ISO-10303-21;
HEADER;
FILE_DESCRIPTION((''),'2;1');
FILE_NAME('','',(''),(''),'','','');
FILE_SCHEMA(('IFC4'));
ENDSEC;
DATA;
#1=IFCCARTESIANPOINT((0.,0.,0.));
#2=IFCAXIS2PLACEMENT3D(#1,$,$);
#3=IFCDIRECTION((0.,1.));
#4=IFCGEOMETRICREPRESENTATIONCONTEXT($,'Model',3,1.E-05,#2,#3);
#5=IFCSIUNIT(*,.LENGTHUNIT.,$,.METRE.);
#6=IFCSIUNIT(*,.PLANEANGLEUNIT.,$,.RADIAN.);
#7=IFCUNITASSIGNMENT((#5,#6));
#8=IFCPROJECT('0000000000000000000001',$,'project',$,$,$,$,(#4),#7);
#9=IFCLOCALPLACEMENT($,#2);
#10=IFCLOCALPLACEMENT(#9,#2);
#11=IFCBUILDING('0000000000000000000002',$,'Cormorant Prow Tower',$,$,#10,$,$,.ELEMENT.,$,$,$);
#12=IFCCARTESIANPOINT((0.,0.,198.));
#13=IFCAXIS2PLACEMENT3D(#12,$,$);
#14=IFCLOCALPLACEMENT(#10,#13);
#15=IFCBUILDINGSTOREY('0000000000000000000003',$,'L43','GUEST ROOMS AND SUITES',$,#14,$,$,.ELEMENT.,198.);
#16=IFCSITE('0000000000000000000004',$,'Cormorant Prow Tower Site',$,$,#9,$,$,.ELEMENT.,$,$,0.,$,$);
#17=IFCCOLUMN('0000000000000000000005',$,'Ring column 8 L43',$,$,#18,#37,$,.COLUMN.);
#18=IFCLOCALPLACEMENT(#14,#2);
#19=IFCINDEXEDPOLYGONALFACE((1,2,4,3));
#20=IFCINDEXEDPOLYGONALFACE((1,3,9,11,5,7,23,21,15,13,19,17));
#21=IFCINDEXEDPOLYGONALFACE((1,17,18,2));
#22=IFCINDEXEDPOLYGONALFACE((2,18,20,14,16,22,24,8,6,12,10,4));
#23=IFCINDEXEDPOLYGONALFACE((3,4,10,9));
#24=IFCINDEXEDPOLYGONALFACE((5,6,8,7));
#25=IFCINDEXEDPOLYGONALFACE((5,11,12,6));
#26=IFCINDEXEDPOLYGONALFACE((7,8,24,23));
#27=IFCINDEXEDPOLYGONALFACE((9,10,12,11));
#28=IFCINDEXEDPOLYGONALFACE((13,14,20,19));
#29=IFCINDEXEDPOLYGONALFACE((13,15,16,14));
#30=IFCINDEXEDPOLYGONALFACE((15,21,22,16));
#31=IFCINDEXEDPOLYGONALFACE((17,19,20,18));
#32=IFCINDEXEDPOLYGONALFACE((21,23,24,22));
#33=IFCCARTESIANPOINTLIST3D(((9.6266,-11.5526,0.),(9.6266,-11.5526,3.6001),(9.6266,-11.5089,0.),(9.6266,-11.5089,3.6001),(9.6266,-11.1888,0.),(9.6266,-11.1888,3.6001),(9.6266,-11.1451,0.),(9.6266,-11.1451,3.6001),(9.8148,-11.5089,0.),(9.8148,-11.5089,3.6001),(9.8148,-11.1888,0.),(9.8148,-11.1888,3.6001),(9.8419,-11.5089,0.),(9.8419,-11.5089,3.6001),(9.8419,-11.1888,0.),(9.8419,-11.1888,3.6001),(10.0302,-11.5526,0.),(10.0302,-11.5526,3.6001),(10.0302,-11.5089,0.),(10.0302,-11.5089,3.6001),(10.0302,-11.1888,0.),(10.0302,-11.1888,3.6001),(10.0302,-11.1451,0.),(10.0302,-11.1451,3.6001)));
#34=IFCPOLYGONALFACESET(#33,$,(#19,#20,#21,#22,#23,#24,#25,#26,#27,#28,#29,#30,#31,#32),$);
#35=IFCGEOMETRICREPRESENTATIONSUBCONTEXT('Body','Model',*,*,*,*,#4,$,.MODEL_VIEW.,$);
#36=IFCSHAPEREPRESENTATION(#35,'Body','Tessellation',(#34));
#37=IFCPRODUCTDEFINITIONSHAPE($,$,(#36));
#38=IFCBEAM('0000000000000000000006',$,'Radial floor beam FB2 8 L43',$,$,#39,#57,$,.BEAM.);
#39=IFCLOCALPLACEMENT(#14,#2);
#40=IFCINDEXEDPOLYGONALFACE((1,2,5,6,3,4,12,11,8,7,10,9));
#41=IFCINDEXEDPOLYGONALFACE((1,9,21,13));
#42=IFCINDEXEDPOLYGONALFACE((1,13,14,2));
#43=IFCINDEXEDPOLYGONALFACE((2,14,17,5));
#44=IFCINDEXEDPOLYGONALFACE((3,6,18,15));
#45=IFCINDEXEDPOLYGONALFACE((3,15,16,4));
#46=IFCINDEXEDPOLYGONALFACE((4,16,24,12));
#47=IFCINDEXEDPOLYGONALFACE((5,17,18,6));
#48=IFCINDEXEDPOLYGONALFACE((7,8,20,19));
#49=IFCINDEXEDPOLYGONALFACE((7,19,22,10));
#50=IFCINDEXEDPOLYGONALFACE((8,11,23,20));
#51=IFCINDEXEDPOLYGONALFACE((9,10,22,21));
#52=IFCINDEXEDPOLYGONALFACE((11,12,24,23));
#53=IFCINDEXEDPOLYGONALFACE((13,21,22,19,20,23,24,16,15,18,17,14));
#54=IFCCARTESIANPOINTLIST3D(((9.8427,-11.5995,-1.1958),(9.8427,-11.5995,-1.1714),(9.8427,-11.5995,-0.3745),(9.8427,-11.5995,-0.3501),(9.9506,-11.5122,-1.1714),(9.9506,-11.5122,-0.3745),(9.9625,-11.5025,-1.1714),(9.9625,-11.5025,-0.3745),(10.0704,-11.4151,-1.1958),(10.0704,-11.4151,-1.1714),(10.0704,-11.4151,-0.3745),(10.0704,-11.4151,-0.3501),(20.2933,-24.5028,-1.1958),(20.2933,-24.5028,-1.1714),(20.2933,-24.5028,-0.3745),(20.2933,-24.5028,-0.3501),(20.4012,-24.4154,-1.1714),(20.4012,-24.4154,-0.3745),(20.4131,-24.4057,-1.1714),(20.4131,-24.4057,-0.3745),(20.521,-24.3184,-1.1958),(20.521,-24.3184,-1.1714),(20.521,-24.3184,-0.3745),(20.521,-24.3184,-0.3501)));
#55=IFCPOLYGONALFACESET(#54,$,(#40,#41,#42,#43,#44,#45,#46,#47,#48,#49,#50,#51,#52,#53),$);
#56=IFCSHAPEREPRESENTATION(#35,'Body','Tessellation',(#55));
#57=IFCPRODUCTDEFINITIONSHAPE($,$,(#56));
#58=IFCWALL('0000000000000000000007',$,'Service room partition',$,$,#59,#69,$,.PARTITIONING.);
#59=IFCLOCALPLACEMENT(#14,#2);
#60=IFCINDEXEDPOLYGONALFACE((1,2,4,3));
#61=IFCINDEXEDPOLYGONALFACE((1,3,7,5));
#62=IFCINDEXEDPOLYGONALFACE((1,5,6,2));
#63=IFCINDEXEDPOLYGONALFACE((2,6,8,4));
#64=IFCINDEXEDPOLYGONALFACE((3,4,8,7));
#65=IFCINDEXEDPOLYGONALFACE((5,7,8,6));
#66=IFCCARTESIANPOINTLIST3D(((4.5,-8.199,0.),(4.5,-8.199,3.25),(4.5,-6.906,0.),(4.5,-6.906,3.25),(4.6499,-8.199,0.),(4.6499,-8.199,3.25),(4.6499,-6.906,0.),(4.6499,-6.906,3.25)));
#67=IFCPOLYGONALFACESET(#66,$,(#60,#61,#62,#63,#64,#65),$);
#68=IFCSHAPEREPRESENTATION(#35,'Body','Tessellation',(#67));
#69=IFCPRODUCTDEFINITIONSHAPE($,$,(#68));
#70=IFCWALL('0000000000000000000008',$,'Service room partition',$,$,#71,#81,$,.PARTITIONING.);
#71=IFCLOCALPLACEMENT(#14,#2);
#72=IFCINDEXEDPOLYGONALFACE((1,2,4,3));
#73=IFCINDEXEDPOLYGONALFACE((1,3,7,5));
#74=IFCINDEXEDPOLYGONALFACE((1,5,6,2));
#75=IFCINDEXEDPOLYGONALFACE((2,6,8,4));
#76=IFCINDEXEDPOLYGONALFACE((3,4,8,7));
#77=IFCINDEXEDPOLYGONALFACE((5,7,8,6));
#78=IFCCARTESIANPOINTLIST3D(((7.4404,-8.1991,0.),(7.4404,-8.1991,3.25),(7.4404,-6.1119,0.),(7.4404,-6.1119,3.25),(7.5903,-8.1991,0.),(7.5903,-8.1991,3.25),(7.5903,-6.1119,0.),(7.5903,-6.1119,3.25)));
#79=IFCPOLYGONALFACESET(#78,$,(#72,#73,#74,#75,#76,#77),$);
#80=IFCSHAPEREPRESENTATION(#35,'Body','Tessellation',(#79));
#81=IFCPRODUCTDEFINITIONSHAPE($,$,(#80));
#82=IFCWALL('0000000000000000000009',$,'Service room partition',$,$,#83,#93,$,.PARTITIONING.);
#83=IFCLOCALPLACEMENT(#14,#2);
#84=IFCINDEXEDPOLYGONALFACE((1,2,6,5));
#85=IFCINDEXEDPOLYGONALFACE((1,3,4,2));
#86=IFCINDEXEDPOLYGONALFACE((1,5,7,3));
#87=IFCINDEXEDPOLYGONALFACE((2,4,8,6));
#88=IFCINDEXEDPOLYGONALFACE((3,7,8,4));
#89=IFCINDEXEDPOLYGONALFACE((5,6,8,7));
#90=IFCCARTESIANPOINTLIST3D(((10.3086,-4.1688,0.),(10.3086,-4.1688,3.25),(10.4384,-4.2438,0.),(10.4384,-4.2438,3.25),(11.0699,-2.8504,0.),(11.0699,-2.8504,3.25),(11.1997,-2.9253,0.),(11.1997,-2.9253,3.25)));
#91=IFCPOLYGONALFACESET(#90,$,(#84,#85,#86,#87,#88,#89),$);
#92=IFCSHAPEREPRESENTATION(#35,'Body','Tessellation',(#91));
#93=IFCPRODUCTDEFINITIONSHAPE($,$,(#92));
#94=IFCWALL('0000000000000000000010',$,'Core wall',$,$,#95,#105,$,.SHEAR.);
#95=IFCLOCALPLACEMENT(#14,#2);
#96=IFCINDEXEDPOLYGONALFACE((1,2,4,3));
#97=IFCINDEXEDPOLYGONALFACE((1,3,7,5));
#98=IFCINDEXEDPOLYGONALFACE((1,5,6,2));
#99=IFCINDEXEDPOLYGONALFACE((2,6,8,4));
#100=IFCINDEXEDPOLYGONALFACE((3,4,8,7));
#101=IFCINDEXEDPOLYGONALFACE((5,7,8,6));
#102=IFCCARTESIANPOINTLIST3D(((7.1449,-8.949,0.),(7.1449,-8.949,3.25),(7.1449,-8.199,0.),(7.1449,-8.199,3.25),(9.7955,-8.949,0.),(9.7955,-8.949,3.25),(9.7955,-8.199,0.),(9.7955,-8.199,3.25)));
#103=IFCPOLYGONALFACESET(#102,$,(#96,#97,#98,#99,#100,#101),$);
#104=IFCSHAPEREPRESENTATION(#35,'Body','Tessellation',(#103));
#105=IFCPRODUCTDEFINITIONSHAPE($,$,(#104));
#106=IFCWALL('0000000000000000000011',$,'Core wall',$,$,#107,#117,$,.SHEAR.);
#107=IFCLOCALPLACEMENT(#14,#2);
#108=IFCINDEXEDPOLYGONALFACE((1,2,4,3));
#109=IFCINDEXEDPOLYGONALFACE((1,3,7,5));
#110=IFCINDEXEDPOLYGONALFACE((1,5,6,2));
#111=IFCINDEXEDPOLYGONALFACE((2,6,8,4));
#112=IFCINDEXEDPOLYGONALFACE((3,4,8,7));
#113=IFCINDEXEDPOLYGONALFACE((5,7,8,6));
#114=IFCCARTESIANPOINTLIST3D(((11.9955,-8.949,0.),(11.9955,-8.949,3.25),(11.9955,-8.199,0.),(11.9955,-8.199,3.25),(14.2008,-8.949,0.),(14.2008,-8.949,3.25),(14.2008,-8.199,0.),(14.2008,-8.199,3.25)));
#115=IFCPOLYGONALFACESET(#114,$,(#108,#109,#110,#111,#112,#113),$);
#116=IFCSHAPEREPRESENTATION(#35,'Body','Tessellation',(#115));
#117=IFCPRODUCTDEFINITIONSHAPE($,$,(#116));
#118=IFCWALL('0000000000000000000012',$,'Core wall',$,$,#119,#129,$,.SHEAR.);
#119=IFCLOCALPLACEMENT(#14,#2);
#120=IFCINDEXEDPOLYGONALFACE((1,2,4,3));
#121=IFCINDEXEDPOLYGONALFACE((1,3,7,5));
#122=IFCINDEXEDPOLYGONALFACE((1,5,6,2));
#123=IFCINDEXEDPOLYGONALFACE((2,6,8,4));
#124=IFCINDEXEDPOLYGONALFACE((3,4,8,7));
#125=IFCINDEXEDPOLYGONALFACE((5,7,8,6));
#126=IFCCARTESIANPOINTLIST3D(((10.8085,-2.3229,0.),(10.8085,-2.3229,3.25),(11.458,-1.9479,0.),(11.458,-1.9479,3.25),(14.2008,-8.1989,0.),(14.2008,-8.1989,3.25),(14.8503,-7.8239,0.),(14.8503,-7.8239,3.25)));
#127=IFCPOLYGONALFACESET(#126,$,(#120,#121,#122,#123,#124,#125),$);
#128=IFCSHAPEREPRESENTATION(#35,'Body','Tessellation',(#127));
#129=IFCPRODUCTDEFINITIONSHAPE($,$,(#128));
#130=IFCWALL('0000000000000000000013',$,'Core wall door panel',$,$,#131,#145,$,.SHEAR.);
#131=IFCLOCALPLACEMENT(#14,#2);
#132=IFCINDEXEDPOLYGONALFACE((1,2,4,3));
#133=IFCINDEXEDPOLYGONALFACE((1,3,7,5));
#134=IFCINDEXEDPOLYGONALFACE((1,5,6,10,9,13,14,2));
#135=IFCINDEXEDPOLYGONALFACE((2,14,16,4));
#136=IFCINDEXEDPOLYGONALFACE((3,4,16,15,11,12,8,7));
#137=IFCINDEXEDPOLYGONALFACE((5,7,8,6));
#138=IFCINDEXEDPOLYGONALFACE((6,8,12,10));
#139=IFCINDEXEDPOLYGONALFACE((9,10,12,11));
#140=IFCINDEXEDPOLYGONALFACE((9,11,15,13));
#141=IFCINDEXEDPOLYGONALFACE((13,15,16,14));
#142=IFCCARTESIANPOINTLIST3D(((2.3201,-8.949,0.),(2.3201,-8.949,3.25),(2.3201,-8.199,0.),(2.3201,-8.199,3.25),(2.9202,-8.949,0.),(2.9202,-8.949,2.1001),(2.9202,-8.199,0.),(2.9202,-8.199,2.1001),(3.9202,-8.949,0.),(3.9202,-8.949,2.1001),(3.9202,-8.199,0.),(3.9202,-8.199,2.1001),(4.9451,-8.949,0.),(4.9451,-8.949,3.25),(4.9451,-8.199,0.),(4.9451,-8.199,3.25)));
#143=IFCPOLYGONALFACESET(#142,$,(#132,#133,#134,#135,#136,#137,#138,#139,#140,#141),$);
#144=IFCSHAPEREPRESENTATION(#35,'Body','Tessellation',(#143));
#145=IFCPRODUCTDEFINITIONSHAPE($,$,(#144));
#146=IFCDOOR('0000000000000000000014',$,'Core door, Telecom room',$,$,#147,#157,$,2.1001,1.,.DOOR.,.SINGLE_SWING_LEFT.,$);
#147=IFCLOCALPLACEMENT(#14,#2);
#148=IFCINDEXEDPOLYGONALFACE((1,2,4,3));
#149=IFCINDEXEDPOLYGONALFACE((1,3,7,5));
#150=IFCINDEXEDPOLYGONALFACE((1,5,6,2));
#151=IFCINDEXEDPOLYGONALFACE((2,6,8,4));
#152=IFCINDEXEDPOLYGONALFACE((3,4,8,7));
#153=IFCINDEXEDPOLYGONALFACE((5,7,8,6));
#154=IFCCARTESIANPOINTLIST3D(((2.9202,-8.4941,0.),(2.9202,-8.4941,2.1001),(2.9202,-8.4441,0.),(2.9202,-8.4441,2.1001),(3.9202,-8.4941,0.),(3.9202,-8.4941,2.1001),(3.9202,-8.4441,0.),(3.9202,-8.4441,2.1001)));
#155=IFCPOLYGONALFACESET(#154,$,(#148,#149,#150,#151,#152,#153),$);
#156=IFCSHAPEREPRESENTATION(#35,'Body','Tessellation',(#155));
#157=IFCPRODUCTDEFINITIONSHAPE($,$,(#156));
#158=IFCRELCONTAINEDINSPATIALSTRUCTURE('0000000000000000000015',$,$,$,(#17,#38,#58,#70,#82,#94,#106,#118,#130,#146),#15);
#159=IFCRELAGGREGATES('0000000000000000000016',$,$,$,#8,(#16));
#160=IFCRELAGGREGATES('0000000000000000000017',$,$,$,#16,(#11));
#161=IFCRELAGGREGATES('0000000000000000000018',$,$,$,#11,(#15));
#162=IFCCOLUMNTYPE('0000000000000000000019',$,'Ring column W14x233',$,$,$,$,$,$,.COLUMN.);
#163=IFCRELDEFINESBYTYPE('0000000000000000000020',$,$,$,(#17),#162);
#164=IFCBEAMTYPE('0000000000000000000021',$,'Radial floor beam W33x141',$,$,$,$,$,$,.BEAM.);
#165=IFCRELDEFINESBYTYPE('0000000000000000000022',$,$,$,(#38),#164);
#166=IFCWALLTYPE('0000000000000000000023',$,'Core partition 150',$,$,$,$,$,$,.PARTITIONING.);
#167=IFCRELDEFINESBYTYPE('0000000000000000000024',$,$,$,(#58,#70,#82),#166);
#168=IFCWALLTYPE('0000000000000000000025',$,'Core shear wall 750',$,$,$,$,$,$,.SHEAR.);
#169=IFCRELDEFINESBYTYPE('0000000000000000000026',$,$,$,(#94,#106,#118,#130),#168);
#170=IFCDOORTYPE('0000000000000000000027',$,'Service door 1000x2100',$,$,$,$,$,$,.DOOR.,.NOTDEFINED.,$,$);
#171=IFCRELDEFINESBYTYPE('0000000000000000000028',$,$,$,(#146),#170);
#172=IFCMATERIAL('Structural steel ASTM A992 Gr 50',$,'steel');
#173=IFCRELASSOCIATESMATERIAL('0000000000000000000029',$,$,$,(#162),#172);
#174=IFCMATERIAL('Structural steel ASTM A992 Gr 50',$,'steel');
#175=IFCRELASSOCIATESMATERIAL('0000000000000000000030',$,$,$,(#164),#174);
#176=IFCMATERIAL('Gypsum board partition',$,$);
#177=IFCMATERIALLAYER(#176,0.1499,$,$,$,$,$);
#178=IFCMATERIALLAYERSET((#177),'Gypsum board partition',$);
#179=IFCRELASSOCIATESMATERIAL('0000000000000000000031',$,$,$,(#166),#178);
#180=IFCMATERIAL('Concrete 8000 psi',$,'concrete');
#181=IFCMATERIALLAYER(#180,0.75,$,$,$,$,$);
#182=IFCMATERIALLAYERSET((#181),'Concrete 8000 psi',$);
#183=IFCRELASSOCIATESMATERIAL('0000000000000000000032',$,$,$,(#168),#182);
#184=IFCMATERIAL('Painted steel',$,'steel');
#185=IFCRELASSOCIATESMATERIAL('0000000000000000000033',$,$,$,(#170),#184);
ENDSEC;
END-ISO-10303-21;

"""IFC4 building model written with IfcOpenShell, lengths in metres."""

from ifc_helpers import new_model, si_unit, direction, frame, frame_2d, origin, origin_2d, place, context, subcontext, project, spatial, rectangle, i_section, extrude, material, layer, layer_set, material_profile, profile_set, type_object, element, fill, save


model = new_model("IFC4")

# Units and contexts
model_context = context("Model", 3, precision=1e-05, world=origin(), true_north=direction((0.0, 1.0)))
body_context = subcontext(model_context, "Body", "Model", "MODEL_VIEW")
ifc_project = project(units=[si_unit("LENGTHUNIT", "METRE"), si_unit("PLANEANGLEUNIT", "RADIAN")], contexts=[model_context])

# Site, building, storey
site_placement = place(None, origin())
site = spatial("IfcSite", under=ifc_project, at=site_placement, Name="Cormorant Prow Tower Site", CompositionType="ELEMENT", RefElevation=0.0)
building_placement = place(site_placement, origin())
building = spatial("IfcBuilding", under=site, at=building_placement, Name="Cormorant Prow Tower", CompositionType="ELEMENT")
storey_placement = place(building_placement, frame((0.0, 0.0, 198.0)))
storey = spatial("IfcBuildingStorey", under=building, at=storey_placement, Name="L43", Description="GUEST ROOMS AND SUITES", CompositionType="ELEMENT", Elevation=198.0)

# Column
ifc_material_1 = material(Name="Structural steel ASTM A992 Gr 50", Category="steel")
ifc_material_profile_1 = material_profile(ifc_material_1, i_section(OverallWidth=0.4036, OverallDepth=0.4075, WebThickness=0.0271, FlangeThickness=0.0437, at=origin_2d()), Name="W14x233")
ifc_profile_set_1 = profile_set([ifc_material_profile_1], Name="Structural steel ASTM A992 Gr 50")
column_type = type_object("IfcColumnType", Name="Ring column W14x233", PredefinedType="COLUMN", material=ifc_profile_set_1)
column_placement = place(storey_placement, frame((9.8284, -11.3489, 0.0), z_axis=(0.0, 0.0, 1.0), x_axis=(1.0, 0.0, 0.0)))
element("IfcColumn", 1, at=column_placement, inside=storey, type_object=column_type, Name="Ring column 8 L43", PredefinedType="COLUMN", context=body_context, shape_type="SweptSolid", body=[
    extrude(i_section(OverallWidth=0.4036, OverallDepth=0.4075, WebThickness=0.0271, FlangeThickness=0.0437, at=origin_2d()), origin(), (0.0, 0.0, 1.0), 3.6001),
])

# Beam
ifc_material_2 = material(Name="Structural steel ASTM A992 Gr 50", Category="steel")
ifc_material_profile_2 = material_profile(ifc_material_2, i_section(OverallWidth=0.293, OverallDepth=0.8457, WebThickness=0.0154, FlangeThickness=0.0244, at=origin_2d()), Name="W33x141")
ifc_profile_set_2 = profile_set([ifc_material_profile_2], Name="Structural steel ASTM A992 Gr 50")
beam_type = type_object("IfcBeamType", Name="Radial floor beam W33x141", PredefinedType="BEAM", material=ifc_profile_set_2)
beam_placement = place(storey_placement, frame((9.9565, -11.5073, -0.7729), z_axis=(0.629385, -0.777094, 0.0), x_axis=(0.777094, 0.629385, 0.0)))
element("IfcBeam", 2, at=beam_placement, inside=storey, type_object=beam_type, Name="Radial floor beam FB2 8 L43", PredefinedType="BEAM", context=body_context, shape_type="SweptSolid", body=[
    extrude(i_section(OverallWidth=0.293, OverallDepth=0.8457, WebThickness=0.0154, FlangeThickness=0.0244, at=origin_2d()), origin(), (0.0, 0.0, 1.0), 16.6045),
])

# Walls
ifc_material_3 = material(Name="Gypsum board partition")
ifc_layer_1 = layer(ifc_material_3, 0.1499)
ifc_layer_set_1 = layer_set([ifc_layer_1], Name="Gypsum board partition")
wall_type_1 = type_object("IfcWallType", Name="Core partition 150", PredefinedType="PARTITIONING", material=ifc_layer_set_1)
wall_1_placement = place(storey_placement, frame((4.575, -6.906, 0.0), z_axis=(0.0, 0.0, 1.0), x_axis=(0.0, -1.0, 0.0)))
element("IfcWall", 3, at=wall_1_placement, inside=storey, type_object=wall_type_1, Name="Service room partition", PredefinedType="PARTITIONING", context=body_context, shape_type="SweptSolid", body=[
    extrude(rectangle(XDim=1.293, YDim=0.1499, at=frame_2d((0.6465, 0.0))), origin(), (0.0, 0.0, 1.0), 3.25),
])
wall_2_placement = place(storey_placement, frame((7.5154, -8.199, 0.0), z_axis=(0.0, 0.0, 1.0), x_axis=(0.0, 1.0, 0.0)))
element("IfcWall", 4, at=wall_2_placement, inside=storey, type_object=wall_type_1, Name="Service room partition", PredefinedType="PARTITIONING", context=body_context, shape_type="SweptSolid", body=[
    extrude(rectangle(XDim=2.0872, YDim=0.1499, at=frame_2d((1.0435, 0.0))), origin(), (0.0, 0.0, 1.0), 3.25),
])
wall_3_placement = place(storey_placement, frame((10.3735, -4.2063, 0.0), z_axis=(0.0, 0.0, 1.0), x_axis=(0.500037, 0.866004, 0.0)))
element("IfcWall", 5, at=wall_3_placement, inside=storey, type_object=wall_type_1, Name="Service room partition", PredefinedType="PARTITIONING", context=body_context, shape_type="SweptSolid", body=[
    extrude(rectangle(XDim=1.5225, YDim=0.1499, at=frame_2d((0.7612, 0.0))), origin(), (0.0, 0.0, 1.0), 3.25),
])
ifc_material_4 = material(Name="Concrete 8000 psi", Category="concrete")
ifc_layer_2 = layer(ifc_material_4, 0.75)
ifc_layer_set_2 = layer_set([ifc_layer_2], Name="Concrete 8000 psi")
wall_type_2 = type_object("IfcWallType", Name="Core shear wall 750", PredefinedType="SHEAR", material=ifc_layer_set_2)
wall_4_placement = place(storey_placement, frame((7.145, -8.574, 0.0), z_axis=(0.0, 0.0, 1.0), x_axis=(1.0, 0.0, 0.0)))
element("IfcWall", 6, at=wall_4_placement, inside=storey, type_object=wall_type_2, Name="Core wall", PredefinedType="SHEAR", context=body_context, shape_type="SweptSolid", body=[
    extrude(rectangle(XDim=2.6506, YDim=0.75, at=frame_2d((1.3252, 0.0))), origin(), (0.0, 0.0, 1.0), 3.25),
])
wall_5_placement = place(storey_placement, frame((11.9956, -8.574, 0.0), z_axis=(0.0, 0.0, 1.0), x_axis=(1.0, 0.0, 0.0)))
element("IfcWall", 7, at=wall_5_placement, inside=storey, type_object=wall_type_2, Name="Core wall", PredefinedType="SHEAR", context=body_context, shape_type="SweptSolid", body=[
    extrude(rectangle(XDim=2.2053, YDim=0.75, at=frame_2d((1.1025, 0.0))), origin(), (0.0, 0.0, 1.0), 3.25),
])
wall_6_placement = place(storey_placement, frame((14.5256, -8.0115, 0.0), z_axis=(0.0, 0.0, 1.0), x_axis=(-0.499982, 0.866036, 0.0)))
element("IfcWall", 8, at=wall_6_placement, inside=storey, type_object=wall_type_2, Name="Core wall", PredefinedType="SHEAR", context=body_context, shape_type="SweptSolid", body=[
    extrude(rectangle(XDim=6.7849, YDim=0.75, at=frame_2d((3.3926, 0.0))), origin(), (0.0, 0.0, 1.0), 3.25),
])

# Wall, opening, door
wall_7_placement = place(storey_placement, frame((2.3201, -8.574, 0.0), z_axis=(0.0, 0.0, 1.0), x_axis=(1.0, 0.0, 0.0)))
wall_7 = element("IfcWall", 9, at=wall_7_placement, inside=storey, type_object=wall_type_2, Name="Core wall door panel", PredefinedType="SHEAR", context=body_context, shape_type="SweptSolid", body=[
    extrude(rectangle(XDim=2.625, YDim=0.75, at=frame_2d((1.3125, 0.0))), origin(), (0.0, 0.0, 1.0), 3.25),
])
opening_1_placement = place(wall_7_placement, frame((0.6001, 0.0, 0.0)))
opening_1 = element("IfcOpeningElement", 10, at=opening_1_placement, cuts=wall_7, PredefinedType="OPENING", context=body_context, shape_type="SweptSolid", body=[
    extrude(rectangle(XDim=1.0, YDim=2.1001, at=frame_2d((0.5, 1.05))), frame((0.0, 0.385, 0.0), z_axis=(0.0, -1.0, 0.0), x_axis=(1.0, 0.0, 0.0)), (0.0, 0.0, 1.0), 0.77),
])
ifc_material_5 = material(Name="Painted steel", Category="steel")
door_type_1 = type_object("IfcDoorType", Name="Service door 1000x2100", OperationType="NOTDEFINED", PredefinedType="DOOR", material=ifc_material_5)
door_1_placement = place(opening_1_placement, origin())
door_1 = element("IfcDoor", 11, at=door_1_placement, inside=storey, type_object=door_type_1, Name="Core door, Telecom room", OperationType="SINGLE_SWING_LEFT", OverallHeight=2.1001, OverallWidth=1.0, PredefinedType="DOOR", context=body_context, shape_type="SweptSolid", body=[
    extrude(rectangle(XDim=1.0, YDim=2.1001, at=frame_2d((0.5, 1.05))), frame((0.0, 0.1299, 0.0), z_axis=(0.0, -1.0, 0.0), x_axis=(1.0, 0.0, 0.0)), (0.0, 0.0, 1.0), 0.05),
])
fill(opening_1, door_1)

save(model, "model.ifc")
